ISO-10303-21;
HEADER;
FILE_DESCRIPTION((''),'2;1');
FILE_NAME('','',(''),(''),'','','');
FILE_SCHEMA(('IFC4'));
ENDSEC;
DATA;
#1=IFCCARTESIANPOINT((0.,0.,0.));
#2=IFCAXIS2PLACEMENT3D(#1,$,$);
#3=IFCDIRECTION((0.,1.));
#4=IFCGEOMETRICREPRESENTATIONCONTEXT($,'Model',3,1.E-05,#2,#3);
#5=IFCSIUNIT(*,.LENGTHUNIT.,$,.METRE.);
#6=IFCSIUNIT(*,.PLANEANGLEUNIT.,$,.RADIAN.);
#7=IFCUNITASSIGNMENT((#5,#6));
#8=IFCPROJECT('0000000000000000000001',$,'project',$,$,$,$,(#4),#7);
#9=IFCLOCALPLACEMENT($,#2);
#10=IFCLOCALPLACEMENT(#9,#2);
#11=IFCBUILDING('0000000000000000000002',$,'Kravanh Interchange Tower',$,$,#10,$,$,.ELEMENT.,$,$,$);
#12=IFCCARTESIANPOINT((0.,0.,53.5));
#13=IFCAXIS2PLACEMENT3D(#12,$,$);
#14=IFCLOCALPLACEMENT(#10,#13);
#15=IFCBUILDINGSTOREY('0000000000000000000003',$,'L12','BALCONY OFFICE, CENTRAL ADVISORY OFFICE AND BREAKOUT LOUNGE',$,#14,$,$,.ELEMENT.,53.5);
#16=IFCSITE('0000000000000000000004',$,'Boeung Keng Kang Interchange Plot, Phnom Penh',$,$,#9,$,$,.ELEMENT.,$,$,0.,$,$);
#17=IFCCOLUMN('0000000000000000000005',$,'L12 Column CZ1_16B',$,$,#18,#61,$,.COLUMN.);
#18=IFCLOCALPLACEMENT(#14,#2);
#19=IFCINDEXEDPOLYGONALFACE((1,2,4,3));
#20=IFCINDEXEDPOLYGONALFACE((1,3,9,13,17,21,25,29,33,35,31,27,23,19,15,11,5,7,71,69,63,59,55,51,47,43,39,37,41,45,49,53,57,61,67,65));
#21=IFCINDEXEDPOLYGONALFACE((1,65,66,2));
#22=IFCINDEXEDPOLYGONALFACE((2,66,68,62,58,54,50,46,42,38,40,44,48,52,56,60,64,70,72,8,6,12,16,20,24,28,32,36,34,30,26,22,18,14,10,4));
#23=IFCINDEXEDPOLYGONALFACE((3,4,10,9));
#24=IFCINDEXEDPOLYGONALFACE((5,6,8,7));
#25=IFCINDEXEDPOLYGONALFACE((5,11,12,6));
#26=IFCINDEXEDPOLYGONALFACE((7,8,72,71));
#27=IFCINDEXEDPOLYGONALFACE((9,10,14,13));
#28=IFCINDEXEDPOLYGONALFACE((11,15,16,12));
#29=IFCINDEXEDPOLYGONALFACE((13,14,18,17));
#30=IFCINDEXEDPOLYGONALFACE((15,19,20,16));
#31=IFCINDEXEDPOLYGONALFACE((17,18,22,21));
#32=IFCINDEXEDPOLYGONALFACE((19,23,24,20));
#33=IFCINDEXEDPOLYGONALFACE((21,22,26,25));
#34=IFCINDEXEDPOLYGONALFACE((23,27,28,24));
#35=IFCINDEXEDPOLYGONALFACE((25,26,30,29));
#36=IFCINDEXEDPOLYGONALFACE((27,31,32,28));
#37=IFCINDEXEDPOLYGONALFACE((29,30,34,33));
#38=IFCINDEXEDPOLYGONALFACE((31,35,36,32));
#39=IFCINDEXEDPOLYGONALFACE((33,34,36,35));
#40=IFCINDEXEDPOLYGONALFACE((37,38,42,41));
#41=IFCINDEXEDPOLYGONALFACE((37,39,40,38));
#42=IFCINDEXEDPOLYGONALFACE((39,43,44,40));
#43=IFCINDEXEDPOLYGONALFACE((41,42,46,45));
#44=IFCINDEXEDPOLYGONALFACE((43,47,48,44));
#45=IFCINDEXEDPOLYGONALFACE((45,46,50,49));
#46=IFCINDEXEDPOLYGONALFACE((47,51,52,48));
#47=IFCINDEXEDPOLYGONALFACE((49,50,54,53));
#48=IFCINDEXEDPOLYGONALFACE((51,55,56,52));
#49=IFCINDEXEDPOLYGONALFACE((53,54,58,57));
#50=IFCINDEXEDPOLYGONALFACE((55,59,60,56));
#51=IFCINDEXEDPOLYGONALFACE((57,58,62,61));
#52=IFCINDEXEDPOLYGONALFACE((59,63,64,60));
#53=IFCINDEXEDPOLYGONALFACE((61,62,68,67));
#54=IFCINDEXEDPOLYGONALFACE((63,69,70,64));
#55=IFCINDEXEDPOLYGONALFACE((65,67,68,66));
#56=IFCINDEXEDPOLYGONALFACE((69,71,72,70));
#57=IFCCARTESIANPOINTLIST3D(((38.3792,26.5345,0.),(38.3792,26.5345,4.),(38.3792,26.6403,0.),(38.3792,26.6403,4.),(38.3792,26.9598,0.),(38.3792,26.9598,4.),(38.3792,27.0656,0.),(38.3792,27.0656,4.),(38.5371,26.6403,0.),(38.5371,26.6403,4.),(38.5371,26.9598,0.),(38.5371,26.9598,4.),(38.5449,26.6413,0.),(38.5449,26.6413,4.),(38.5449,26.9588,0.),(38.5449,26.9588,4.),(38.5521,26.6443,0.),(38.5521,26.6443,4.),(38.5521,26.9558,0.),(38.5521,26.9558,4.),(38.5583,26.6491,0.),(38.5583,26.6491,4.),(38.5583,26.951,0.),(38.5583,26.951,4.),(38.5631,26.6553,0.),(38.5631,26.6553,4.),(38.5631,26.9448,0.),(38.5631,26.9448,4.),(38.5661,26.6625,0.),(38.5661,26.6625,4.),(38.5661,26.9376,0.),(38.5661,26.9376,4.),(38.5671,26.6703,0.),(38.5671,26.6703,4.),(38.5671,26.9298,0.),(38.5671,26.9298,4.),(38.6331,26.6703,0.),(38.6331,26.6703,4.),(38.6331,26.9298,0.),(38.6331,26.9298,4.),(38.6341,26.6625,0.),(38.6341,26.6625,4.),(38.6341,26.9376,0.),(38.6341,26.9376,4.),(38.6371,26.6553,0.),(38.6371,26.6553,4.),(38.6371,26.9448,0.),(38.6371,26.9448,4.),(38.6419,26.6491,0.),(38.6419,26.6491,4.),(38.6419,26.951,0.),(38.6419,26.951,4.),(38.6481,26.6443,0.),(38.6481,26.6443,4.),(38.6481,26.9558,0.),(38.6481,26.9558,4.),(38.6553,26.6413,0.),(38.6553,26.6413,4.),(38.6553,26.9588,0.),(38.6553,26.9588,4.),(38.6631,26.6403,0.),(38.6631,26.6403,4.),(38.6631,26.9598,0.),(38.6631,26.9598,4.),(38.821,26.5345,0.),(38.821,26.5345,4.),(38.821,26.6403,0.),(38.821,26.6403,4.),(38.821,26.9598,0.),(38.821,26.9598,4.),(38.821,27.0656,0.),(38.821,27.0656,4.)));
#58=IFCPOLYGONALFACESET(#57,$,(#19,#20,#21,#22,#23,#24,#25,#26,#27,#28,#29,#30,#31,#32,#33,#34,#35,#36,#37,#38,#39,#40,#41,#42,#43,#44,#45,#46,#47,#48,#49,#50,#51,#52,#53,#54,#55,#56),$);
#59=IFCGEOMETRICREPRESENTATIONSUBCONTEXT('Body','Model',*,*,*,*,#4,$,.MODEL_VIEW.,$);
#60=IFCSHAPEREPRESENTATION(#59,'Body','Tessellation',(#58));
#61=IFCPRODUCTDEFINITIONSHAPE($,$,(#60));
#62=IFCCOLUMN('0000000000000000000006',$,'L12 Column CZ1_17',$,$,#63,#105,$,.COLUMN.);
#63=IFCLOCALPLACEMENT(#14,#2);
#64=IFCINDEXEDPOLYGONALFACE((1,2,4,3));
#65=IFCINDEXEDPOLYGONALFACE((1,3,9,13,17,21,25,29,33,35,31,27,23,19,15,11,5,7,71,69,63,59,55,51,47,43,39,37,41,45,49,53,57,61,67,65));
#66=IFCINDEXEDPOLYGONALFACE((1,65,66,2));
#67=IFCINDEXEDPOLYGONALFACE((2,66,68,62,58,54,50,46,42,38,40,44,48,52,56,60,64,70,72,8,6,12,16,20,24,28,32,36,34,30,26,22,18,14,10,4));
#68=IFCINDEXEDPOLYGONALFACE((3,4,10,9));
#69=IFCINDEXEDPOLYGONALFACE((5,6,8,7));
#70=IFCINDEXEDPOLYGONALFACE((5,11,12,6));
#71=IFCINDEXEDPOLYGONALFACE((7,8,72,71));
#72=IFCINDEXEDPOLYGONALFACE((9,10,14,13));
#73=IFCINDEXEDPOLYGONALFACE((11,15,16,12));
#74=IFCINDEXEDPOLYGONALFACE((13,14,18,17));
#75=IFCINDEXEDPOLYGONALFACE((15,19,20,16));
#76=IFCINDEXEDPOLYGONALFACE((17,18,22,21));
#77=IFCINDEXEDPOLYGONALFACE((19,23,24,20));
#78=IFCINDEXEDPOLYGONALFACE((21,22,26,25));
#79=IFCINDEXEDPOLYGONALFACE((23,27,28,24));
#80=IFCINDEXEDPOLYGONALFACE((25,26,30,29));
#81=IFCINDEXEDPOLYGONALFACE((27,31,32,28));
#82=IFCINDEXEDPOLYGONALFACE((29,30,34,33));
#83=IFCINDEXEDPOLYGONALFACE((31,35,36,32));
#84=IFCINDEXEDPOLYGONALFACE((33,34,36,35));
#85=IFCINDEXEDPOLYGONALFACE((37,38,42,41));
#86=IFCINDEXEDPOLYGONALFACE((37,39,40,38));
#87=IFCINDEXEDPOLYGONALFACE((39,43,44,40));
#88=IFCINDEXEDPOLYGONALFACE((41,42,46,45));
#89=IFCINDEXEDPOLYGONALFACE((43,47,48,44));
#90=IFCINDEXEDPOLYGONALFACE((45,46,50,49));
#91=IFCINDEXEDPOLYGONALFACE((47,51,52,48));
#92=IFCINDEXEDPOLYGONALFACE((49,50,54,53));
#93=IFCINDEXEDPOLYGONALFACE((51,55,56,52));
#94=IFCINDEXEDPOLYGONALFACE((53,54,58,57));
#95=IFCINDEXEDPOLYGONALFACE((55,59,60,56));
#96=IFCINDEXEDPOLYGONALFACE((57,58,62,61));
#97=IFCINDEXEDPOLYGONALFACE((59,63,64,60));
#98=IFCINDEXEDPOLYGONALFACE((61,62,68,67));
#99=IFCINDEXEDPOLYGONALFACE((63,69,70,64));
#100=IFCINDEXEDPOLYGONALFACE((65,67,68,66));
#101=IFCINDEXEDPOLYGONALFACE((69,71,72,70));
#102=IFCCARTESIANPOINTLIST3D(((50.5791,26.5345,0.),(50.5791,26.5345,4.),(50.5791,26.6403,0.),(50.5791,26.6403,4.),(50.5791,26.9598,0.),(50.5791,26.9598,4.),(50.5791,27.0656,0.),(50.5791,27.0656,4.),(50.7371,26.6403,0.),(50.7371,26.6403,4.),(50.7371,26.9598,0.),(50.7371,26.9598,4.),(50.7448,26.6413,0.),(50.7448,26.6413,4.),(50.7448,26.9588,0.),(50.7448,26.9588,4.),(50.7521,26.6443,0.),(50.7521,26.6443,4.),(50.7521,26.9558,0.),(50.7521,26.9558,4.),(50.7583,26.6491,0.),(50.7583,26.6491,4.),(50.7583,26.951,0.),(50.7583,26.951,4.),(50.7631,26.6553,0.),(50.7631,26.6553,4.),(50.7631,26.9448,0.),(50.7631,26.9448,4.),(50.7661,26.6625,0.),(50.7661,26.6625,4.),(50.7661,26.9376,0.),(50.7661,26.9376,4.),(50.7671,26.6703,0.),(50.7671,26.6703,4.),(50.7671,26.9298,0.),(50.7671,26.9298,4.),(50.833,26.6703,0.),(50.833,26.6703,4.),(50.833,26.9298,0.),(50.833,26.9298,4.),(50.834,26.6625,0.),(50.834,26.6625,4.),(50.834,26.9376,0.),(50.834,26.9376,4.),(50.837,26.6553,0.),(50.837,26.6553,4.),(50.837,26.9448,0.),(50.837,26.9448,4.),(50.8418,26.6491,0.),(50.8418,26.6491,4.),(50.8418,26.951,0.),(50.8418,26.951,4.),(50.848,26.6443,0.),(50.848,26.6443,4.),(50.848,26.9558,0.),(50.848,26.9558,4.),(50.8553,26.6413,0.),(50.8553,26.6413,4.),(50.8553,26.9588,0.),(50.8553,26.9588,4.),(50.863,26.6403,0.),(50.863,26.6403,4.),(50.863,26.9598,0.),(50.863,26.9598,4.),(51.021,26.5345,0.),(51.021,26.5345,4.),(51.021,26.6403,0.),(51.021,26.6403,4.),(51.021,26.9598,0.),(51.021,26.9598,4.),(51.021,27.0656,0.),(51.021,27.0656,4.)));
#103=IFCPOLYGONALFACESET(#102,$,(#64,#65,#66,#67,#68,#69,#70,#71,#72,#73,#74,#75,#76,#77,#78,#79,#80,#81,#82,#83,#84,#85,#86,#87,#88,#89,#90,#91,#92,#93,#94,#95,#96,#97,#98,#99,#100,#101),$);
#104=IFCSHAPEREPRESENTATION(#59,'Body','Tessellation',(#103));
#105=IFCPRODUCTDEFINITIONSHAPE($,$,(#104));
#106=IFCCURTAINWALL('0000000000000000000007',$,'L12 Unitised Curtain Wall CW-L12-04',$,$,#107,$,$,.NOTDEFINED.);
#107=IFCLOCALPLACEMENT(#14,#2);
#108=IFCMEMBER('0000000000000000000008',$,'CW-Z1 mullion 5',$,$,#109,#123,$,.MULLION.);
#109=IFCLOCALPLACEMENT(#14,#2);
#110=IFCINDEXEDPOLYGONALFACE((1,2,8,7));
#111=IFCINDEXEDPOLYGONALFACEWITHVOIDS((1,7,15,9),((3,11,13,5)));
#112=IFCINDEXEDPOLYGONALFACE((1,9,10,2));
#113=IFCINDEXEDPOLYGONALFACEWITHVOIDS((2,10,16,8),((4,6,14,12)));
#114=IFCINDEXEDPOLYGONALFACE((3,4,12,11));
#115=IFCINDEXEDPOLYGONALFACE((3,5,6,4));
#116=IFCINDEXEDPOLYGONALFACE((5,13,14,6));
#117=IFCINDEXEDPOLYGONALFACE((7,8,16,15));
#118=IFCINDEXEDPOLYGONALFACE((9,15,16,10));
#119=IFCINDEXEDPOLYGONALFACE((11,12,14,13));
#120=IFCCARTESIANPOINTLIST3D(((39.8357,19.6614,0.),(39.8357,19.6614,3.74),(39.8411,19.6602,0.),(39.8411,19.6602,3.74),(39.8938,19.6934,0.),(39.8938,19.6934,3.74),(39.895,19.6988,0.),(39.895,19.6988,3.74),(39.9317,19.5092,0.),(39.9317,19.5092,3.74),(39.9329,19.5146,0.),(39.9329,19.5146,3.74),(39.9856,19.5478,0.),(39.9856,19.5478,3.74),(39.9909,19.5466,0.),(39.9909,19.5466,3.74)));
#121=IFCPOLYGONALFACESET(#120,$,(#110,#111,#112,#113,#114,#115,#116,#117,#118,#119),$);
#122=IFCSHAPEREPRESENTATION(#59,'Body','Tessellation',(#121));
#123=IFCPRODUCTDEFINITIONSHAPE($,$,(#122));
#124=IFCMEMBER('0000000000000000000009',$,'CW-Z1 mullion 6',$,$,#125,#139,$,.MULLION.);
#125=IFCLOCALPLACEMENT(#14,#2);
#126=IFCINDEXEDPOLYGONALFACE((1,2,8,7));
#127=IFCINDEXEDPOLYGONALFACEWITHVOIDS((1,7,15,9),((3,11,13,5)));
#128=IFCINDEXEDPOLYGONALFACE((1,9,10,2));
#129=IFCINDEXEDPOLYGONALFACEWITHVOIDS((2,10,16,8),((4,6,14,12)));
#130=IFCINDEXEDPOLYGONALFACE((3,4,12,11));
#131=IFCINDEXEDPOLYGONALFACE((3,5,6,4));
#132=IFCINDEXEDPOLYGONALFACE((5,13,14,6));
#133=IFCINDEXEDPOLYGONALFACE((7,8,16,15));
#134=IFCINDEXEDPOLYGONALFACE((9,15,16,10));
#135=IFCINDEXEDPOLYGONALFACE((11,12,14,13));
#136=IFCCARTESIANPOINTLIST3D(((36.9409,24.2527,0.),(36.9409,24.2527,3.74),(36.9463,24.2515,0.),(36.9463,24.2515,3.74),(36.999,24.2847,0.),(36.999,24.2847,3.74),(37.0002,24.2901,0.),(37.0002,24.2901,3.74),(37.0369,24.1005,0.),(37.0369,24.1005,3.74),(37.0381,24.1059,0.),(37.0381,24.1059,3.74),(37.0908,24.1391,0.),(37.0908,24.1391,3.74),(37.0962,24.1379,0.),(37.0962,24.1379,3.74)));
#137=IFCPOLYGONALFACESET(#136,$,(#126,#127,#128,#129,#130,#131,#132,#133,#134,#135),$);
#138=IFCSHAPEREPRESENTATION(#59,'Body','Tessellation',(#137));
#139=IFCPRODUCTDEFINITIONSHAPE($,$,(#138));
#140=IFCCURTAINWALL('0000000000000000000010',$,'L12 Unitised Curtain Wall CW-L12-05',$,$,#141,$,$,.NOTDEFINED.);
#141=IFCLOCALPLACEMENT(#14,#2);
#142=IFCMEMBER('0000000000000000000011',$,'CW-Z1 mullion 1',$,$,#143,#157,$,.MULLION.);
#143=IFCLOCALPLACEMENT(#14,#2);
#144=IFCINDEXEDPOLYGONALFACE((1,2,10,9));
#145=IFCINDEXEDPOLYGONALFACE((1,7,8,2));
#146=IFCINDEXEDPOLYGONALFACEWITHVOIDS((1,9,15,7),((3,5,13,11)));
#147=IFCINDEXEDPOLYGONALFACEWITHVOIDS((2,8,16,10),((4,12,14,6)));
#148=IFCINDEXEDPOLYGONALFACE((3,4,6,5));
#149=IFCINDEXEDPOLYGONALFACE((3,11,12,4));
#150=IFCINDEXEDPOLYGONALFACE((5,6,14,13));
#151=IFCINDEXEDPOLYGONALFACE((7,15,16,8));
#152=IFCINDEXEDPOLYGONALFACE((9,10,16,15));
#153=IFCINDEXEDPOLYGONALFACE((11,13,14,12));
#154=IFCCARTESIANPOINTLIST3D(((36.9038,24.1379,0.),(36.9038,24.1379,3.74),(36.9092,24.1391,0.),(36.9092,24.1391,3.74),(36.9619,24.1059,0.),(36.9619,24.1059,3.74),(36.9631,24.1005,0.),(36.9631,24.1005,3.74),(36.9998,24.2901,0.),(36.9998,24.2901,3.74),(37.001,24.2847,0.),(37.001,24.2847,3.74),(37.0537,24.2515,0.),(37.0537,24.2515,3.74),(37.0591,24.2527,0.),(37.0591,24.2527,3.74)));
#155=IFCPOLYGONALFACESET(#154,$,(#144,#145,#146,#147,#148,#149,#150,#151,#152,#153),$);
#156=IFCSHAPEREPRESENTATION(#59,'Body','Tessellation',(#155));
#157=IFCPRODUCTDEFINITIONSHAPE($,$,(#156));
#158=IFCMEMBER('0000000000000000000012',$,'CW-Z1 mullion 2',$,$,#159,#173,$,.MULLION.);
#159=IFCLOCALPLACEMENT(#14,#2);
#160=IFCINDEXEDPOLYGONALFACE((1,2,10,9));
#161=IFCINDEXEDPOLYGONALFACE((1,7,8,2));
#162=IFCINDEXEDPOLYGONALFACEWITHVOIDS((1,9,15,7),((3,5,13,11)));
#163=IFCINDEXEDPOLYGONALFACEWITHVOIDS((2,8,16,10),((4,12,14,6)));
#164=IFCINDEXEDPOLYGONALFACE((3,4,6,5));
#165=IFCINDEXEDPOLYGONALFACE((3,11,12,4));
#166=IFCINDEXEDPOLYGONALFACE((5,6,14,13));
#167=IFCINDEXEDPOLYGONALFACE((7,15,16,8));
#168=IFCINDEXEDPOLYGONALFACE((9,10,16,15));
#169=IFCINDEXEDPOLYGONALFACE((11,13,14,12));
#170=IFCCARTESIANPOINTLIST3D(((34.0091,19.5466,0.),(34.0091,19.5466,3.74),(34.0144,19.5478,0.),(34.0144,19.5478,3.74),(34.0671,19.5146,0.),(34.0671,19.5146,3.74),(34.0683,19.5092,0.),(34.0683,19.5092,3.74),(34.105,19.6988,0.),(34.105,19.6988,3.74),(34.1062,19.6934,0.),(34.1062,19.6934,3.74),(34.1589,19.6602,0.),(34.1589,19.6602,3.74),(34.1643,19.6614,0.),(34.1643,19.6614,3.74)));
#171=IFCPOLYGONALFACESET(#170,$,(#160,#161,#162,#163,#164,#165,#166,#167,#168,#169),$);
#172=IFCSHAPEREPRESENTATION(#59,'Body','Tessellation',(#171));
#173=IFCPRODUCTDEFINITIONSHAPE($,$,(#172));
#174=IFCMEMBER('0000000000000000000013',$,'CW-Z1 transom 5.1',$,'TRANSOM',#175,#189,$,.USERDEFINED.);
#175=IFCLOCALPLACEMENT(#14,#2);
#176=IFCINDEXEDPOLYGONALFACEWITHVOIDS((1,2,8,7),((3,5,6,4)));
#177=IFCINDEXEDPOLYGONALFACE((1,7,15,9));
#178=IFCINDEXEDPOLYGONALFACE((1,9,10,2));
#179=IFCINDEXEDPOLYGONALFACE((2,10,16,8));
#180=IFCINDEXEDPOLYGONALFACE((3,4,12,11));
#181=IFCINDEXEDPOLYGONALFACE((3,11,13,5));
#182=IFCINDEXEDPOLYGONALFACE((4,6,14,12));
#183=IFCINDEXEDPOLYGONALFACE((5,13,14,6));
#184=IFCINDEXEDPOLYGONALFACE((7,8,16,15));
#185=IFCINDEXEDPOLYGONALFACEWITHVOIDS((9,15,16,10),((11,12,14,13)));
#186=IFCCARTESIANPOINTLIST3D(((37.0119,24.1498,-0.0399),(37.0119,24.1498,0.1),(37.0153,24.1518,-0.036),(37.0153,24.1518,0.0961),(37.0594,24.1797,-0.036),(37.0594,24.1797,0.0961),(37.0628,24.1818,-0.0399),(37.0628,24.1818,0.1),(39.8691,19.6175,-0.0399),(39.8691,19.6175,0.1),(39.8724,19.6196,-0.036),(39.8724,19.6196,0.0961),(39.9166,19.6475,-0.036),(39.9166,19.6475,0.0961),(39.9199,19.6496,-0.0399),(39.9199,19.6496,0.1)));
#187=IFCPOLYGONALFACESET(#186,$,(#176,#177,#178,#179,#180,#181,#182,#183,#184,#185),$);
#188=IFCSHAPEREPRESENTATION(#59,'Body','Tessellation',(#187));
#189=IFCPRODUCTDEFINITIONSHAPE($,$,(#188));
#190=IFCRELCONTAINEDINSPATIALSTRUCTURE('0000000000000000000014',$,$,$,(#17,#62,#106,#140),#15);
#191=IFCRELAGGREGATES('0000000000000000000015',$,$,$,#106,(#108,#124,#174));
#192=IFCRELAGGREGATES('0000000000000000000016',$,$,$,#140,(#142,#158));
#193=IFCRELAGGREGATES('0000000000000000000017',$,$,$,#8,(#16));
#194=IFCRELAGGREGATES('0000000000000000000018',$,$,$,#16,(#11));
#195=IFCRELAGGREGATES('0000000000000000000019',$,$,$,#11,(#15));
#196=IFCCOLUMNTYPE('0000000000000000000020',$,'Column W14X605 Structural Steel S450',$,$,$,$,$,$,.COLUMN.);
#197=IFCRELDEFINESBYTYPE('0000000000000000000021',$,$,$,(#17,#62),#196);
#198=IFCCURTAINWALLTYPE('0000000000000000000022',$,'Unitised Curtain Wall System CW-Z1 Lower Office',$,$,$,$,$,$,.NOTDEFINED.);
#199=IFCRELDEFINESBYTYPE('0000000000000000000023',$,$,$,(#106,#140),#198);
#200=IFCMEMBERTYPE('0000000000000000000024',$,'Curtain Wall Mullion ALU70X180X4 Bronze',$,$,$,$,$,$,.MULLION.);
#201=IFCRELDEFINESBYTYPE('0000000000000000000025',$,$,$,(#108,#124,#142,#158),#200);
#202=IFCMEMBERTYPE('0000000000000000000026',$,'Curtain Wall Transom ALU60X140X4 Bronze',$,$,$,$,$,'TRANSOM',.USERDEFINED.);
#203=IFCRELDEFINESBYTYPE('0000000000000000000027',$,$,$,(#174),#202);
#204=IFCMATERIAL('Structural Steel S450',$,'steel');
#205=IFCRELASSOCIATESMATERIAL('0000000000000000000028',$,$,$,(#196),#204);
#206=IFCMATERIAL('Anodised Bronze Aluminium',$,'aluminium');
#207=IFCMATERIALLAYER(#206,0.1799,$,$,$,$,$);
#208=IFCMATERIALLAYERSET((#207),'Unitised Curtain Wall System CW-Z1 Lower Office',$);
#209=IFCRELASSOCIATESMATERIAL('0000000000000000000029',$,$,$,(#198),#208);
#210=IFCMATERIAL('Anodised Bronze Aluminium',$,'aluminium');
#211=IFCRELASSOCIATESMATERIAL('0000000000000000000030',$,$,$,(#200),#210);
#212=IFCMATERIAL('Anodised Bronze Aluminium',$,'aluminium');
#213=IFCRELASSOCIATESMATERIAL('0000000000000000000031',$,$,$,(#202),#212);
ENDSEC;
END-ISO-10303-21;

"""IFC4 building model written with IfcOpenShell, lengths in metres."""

from ifc_helpers import new_model, si_unit, direction, frame, origin, origin_2d, place, context, subcontext, project, spatial, hollow_rectangle, i_section, extrude, material, layer, layer_set, material_profile, profile_set, type_object, element, aggregate, save


model = new_model("IFC4")

# Units and contexts
model_context = context("Model", 3, precision=1e-05, world=origin(), true_north=direction((0.0, 1.0)))
body_context = subcontext(model_context, "Body", "Model", "MODEL_VIEW")
ifc_project = project(units=[si_unit("LENGTHUNIT", "METRE"), si_unit("PLANEANGLEUNIT", "RADIAN")], contexts=[model_context])

# Site, building, storey
site_placement = place(None, origin())
site = spatial("IfcSite", under=ifc_project, at=site_placement, Name="Boeung Keng Kang Interchange Plot, Phnom Penh", CompositionType="ELEMENT", RefElevation=0.0)
building_placement = place(site_placement, origin())
building = spatial("IfcBuilding", under=site, at=building_placement, Name="Kravanh Interchange Tower", CompositionType="ELEMENT")
storey_placement = place(building_placement, frame((0.0, 0.0, 53.5)))
storey = spatial("IfcBuildingStorey", under=building, at=storey_placement, Name="L12", Description="BALCONY OFFICE, CENTRAL ADVISORY OFFICE AND BREAKOUT LOUNGE", CompositionType="ELEMENT", Elevation=53.5)

# Columns
ifc_material_1 = material(Name="Structural Steel S450", Category="steel")
ifc_material_profile_1 = material_profile(ifc_material_1, i_section(OverallWidth=0.4419, OverallDepth=0.531, WebThickness=0.0659, FlangeThickness=0.1057, FilletRadius=0.03, at=origin_2d()), Name="W14X605")
ifc_profile_set_1 = profile_set([ifc_material_profile_1], Name="Structural Steel S450")
column_type = type_object("IfcColumnType", Name="Column W14X605 Structural Steel S450", PredefinedType="COLUMN", material=ifc_profile_set_1)
for number, where, z_axis, x_axis, name in (
    (1, (38.6001, 26.8, 0.0), (0.0, 0.0, 1.0), (1.0, 0.0, 0.0), "L12 Column CZ1_16B"),
    (2, (50.8, 26.8, 0.0), (0.0, 0.0, 1.0), (1.0, 0.0, 0.0), "L12 Column CZ1_17"),
):
    element("IfcColumn", number, at=place(storey_placement, frame(where, z_axis=z_axis, x_axis=x_axis)), inside=storey, type_object=column_type, Name=name, PredefinedType="COLUMN", context=body_context, shape_type="SweptSolid", body=[
        extrude(i_section(OverallWidth=0.4419, OverallDepth=0.531, WebThickness=0.0659, FlangeThickness=0.1057, FilletRadius=0.03, at=origin_2d()), origin(), (0.0, 0.0, 1.0), 4.0),
    ])

# Curtain walls, members
ifc_material_2 = material(Name="Anodised Bronze Aluminium", Category="aluminium")
ifc_layer_1 = layer(ifc_material_2, 0.1799)
ifc_layer_set_1 = layer_set([ifc_layer_1], Name="Unitised Curtain Wall System CW-Z1 Lower Office")
curtain_wall_type = type_object("IfcCurtainWallType", Name="Unitised Curtain Wall System CW-Z1 Lower Office", PredefinedType="NOTDEFINED", material=ifc_layer_set_1)
curtain_wall_1_placement = place(storey_placement, origin())
curtain_wall_1 = element("IfcCurtainWall", 3, at=curtain_wall_1_placement, inside=storey, type_object=curtain_wall_type, Name="L12 Unitised Curtain Wall CW-L12-04", PredefinedType="NOTDEFINED")
ifc_material_3 = material(Name="Anodised Bronze Aluminium", Category="aluminium")
ifc_material_profile_2 = material_profile(ifc_material_3, hollow_rectangle(XDim=0.0701, YDim=0.1799, WallThickness=0.0039, at=origin_2d()), Name="ALU70X180X4")
ifc_profile_set_2 = profile_set([ifc_material_profile_2], Name="Anodised Bronze Aluminium")
member_type_1 = type_object("IfcMemberType", Name="Curtain Wall Mullion ALU70X180X4 Bronze", PredefinedType="MULLION", material=ifc_profile_set_2)
member_1_placement = place(storey_placement, frame((39.9133, 19.604, 0.0), z_axis=(0.0, 0.0, 1.0), x_axis=(-0.845926, -0.533301, 0.0)))
member_1 = element("IfcMember", 4, at=member_1_placement, type_object=member_type_1, Name="CW-Z1 mullion 5", PredefinedType="MULLION", context=body_context, shape_type="SweptSolid", body=[
    extrude(hollow_rectangle(XDim=0.0701, YDim=0.1799, WallThickness=0.0039, at=origin_2d()), origin(), (0.0, 0.0, 1.0), 3.74),
])
member_2_placement = place(storey_placement, frame((37.0186, 24.1953, 0.0), z_axis=(0.0, 0.0, 1.0), x_axis=(-0.845926, -0.533301, 0.0)))
member_2 = element("IfcMember", 5, at=member_2_placement, type_object=member_type_1, Name="CW-Z1 mullion 6", PredefinedType="MULLION", context=body_context, shape_type="SweptSolid", body=[
    extrude(hollow_rectangle(XDim=0.0701, YDim=0.1799, WallThickness=0.0039, at=origin_2d()), origin(), (0.0, 0.0, 1.0), 3.74),
])
curtain_wall_2_placement = place(storey_placement, origin())
curtain_wall_2 = element("IfcCurtainWall", 6, at=curtain_wall_2_placement, inside=storey, type_object=curtain_wall_type, Name="L12 Unitised Curtain Wall CW-L12-05", PredefinedType="NOTDEFINED")
member_3_placement = place(storey_placement, frame((36.9814, 24.1953, 0.0), z_axis=(0.0, 0.0, 1.0), x_axis=(0.845926, -0.533301, 0.0)))
member_3 = element("IfcMember", 7, at=member_3_placement, type_object=member_type_1, Name="CW-Z1 mullion 1", PredefinedType="MULLION", context=body_context, shape_type="SweptSolid", body=[
    extrude(hollow_rectangle(XDim=0.0701, YDim=0.1799, WallThickness=0.0039, at=origin_2d()), origin(), (0.0, 0.0, 1.0), 3.74),
])
member_4_placement = place(storey_placement, frame((34.0867, 19.604, 0.0), z_axis=(0.0, 0.0, 1.0), x_axis=(0.845926, -0.533301, 0.0)))
member_4 = element("IfcMember", 8, at=member_4_placement, type_object=member_type_1, Name="CW-Z1 mullion 2", PredefinedType="MULLION", context=body_context, shape_type="SweptSolid", body=[
    extrude(hollow_rectangle(XDim=0.0701, YDim=0.1799, WallThickness=0.0039, at=origin_2d()), origin(), (0.0, 0.0, 1.0), 3.74),
])

# Member
ifc_material_4 = material(Name="Anodised Bronze Aluminium", Category="aluminium")
ifc_material_profile_3 = material_profile(ifc_material_4, hollow_rectangle(XDim=0.0601, YDim=0.1399, WallThickness=0.0039, at=origin_2d()), Name="ALU60X140X4")
ifc_profile_set_3 = profile_set([ifc_material_profile_3], Name="Anodised Bronze Aluminium")
member_type_2 = type_object("IfcMemberType", Name="Curtain Wall Transom ALU60X140X4 Bronze", ElementType="TRANSOM", PredefinedType="USERDEFINED", material=ifc_profile_set_3)
member_5_placement = place(storey_placement, frame((39.8945, 19.6335, 0.03), z_axis=(-0.533288, 0.845934, 0.0), x_axis=(-0.845934, -0.533288, 0.0)))
member_5 = element("IfcMember", 9, at=member_5_placement, type_object=member_type_2, Name="CW-Z1 transom 5.1", ObjectType="TRANSOM", PredefinedType="USERDEFINED", context=body_context, shape_type="SweptSolid", body=[
    extrude(hollow_rectangle(XDim=0.0601, YDim=0.1399, WallThickness=0.0039, at=origin_2d()), origin(), (0.0, 0.0, 1.0), 5.3577),
])

aggregate(curtain_wall_1, [member_1, member_2, member_5])
aggregate(curtain_wall_2, [member_3, member_4])

save(model, "model.ifc")
